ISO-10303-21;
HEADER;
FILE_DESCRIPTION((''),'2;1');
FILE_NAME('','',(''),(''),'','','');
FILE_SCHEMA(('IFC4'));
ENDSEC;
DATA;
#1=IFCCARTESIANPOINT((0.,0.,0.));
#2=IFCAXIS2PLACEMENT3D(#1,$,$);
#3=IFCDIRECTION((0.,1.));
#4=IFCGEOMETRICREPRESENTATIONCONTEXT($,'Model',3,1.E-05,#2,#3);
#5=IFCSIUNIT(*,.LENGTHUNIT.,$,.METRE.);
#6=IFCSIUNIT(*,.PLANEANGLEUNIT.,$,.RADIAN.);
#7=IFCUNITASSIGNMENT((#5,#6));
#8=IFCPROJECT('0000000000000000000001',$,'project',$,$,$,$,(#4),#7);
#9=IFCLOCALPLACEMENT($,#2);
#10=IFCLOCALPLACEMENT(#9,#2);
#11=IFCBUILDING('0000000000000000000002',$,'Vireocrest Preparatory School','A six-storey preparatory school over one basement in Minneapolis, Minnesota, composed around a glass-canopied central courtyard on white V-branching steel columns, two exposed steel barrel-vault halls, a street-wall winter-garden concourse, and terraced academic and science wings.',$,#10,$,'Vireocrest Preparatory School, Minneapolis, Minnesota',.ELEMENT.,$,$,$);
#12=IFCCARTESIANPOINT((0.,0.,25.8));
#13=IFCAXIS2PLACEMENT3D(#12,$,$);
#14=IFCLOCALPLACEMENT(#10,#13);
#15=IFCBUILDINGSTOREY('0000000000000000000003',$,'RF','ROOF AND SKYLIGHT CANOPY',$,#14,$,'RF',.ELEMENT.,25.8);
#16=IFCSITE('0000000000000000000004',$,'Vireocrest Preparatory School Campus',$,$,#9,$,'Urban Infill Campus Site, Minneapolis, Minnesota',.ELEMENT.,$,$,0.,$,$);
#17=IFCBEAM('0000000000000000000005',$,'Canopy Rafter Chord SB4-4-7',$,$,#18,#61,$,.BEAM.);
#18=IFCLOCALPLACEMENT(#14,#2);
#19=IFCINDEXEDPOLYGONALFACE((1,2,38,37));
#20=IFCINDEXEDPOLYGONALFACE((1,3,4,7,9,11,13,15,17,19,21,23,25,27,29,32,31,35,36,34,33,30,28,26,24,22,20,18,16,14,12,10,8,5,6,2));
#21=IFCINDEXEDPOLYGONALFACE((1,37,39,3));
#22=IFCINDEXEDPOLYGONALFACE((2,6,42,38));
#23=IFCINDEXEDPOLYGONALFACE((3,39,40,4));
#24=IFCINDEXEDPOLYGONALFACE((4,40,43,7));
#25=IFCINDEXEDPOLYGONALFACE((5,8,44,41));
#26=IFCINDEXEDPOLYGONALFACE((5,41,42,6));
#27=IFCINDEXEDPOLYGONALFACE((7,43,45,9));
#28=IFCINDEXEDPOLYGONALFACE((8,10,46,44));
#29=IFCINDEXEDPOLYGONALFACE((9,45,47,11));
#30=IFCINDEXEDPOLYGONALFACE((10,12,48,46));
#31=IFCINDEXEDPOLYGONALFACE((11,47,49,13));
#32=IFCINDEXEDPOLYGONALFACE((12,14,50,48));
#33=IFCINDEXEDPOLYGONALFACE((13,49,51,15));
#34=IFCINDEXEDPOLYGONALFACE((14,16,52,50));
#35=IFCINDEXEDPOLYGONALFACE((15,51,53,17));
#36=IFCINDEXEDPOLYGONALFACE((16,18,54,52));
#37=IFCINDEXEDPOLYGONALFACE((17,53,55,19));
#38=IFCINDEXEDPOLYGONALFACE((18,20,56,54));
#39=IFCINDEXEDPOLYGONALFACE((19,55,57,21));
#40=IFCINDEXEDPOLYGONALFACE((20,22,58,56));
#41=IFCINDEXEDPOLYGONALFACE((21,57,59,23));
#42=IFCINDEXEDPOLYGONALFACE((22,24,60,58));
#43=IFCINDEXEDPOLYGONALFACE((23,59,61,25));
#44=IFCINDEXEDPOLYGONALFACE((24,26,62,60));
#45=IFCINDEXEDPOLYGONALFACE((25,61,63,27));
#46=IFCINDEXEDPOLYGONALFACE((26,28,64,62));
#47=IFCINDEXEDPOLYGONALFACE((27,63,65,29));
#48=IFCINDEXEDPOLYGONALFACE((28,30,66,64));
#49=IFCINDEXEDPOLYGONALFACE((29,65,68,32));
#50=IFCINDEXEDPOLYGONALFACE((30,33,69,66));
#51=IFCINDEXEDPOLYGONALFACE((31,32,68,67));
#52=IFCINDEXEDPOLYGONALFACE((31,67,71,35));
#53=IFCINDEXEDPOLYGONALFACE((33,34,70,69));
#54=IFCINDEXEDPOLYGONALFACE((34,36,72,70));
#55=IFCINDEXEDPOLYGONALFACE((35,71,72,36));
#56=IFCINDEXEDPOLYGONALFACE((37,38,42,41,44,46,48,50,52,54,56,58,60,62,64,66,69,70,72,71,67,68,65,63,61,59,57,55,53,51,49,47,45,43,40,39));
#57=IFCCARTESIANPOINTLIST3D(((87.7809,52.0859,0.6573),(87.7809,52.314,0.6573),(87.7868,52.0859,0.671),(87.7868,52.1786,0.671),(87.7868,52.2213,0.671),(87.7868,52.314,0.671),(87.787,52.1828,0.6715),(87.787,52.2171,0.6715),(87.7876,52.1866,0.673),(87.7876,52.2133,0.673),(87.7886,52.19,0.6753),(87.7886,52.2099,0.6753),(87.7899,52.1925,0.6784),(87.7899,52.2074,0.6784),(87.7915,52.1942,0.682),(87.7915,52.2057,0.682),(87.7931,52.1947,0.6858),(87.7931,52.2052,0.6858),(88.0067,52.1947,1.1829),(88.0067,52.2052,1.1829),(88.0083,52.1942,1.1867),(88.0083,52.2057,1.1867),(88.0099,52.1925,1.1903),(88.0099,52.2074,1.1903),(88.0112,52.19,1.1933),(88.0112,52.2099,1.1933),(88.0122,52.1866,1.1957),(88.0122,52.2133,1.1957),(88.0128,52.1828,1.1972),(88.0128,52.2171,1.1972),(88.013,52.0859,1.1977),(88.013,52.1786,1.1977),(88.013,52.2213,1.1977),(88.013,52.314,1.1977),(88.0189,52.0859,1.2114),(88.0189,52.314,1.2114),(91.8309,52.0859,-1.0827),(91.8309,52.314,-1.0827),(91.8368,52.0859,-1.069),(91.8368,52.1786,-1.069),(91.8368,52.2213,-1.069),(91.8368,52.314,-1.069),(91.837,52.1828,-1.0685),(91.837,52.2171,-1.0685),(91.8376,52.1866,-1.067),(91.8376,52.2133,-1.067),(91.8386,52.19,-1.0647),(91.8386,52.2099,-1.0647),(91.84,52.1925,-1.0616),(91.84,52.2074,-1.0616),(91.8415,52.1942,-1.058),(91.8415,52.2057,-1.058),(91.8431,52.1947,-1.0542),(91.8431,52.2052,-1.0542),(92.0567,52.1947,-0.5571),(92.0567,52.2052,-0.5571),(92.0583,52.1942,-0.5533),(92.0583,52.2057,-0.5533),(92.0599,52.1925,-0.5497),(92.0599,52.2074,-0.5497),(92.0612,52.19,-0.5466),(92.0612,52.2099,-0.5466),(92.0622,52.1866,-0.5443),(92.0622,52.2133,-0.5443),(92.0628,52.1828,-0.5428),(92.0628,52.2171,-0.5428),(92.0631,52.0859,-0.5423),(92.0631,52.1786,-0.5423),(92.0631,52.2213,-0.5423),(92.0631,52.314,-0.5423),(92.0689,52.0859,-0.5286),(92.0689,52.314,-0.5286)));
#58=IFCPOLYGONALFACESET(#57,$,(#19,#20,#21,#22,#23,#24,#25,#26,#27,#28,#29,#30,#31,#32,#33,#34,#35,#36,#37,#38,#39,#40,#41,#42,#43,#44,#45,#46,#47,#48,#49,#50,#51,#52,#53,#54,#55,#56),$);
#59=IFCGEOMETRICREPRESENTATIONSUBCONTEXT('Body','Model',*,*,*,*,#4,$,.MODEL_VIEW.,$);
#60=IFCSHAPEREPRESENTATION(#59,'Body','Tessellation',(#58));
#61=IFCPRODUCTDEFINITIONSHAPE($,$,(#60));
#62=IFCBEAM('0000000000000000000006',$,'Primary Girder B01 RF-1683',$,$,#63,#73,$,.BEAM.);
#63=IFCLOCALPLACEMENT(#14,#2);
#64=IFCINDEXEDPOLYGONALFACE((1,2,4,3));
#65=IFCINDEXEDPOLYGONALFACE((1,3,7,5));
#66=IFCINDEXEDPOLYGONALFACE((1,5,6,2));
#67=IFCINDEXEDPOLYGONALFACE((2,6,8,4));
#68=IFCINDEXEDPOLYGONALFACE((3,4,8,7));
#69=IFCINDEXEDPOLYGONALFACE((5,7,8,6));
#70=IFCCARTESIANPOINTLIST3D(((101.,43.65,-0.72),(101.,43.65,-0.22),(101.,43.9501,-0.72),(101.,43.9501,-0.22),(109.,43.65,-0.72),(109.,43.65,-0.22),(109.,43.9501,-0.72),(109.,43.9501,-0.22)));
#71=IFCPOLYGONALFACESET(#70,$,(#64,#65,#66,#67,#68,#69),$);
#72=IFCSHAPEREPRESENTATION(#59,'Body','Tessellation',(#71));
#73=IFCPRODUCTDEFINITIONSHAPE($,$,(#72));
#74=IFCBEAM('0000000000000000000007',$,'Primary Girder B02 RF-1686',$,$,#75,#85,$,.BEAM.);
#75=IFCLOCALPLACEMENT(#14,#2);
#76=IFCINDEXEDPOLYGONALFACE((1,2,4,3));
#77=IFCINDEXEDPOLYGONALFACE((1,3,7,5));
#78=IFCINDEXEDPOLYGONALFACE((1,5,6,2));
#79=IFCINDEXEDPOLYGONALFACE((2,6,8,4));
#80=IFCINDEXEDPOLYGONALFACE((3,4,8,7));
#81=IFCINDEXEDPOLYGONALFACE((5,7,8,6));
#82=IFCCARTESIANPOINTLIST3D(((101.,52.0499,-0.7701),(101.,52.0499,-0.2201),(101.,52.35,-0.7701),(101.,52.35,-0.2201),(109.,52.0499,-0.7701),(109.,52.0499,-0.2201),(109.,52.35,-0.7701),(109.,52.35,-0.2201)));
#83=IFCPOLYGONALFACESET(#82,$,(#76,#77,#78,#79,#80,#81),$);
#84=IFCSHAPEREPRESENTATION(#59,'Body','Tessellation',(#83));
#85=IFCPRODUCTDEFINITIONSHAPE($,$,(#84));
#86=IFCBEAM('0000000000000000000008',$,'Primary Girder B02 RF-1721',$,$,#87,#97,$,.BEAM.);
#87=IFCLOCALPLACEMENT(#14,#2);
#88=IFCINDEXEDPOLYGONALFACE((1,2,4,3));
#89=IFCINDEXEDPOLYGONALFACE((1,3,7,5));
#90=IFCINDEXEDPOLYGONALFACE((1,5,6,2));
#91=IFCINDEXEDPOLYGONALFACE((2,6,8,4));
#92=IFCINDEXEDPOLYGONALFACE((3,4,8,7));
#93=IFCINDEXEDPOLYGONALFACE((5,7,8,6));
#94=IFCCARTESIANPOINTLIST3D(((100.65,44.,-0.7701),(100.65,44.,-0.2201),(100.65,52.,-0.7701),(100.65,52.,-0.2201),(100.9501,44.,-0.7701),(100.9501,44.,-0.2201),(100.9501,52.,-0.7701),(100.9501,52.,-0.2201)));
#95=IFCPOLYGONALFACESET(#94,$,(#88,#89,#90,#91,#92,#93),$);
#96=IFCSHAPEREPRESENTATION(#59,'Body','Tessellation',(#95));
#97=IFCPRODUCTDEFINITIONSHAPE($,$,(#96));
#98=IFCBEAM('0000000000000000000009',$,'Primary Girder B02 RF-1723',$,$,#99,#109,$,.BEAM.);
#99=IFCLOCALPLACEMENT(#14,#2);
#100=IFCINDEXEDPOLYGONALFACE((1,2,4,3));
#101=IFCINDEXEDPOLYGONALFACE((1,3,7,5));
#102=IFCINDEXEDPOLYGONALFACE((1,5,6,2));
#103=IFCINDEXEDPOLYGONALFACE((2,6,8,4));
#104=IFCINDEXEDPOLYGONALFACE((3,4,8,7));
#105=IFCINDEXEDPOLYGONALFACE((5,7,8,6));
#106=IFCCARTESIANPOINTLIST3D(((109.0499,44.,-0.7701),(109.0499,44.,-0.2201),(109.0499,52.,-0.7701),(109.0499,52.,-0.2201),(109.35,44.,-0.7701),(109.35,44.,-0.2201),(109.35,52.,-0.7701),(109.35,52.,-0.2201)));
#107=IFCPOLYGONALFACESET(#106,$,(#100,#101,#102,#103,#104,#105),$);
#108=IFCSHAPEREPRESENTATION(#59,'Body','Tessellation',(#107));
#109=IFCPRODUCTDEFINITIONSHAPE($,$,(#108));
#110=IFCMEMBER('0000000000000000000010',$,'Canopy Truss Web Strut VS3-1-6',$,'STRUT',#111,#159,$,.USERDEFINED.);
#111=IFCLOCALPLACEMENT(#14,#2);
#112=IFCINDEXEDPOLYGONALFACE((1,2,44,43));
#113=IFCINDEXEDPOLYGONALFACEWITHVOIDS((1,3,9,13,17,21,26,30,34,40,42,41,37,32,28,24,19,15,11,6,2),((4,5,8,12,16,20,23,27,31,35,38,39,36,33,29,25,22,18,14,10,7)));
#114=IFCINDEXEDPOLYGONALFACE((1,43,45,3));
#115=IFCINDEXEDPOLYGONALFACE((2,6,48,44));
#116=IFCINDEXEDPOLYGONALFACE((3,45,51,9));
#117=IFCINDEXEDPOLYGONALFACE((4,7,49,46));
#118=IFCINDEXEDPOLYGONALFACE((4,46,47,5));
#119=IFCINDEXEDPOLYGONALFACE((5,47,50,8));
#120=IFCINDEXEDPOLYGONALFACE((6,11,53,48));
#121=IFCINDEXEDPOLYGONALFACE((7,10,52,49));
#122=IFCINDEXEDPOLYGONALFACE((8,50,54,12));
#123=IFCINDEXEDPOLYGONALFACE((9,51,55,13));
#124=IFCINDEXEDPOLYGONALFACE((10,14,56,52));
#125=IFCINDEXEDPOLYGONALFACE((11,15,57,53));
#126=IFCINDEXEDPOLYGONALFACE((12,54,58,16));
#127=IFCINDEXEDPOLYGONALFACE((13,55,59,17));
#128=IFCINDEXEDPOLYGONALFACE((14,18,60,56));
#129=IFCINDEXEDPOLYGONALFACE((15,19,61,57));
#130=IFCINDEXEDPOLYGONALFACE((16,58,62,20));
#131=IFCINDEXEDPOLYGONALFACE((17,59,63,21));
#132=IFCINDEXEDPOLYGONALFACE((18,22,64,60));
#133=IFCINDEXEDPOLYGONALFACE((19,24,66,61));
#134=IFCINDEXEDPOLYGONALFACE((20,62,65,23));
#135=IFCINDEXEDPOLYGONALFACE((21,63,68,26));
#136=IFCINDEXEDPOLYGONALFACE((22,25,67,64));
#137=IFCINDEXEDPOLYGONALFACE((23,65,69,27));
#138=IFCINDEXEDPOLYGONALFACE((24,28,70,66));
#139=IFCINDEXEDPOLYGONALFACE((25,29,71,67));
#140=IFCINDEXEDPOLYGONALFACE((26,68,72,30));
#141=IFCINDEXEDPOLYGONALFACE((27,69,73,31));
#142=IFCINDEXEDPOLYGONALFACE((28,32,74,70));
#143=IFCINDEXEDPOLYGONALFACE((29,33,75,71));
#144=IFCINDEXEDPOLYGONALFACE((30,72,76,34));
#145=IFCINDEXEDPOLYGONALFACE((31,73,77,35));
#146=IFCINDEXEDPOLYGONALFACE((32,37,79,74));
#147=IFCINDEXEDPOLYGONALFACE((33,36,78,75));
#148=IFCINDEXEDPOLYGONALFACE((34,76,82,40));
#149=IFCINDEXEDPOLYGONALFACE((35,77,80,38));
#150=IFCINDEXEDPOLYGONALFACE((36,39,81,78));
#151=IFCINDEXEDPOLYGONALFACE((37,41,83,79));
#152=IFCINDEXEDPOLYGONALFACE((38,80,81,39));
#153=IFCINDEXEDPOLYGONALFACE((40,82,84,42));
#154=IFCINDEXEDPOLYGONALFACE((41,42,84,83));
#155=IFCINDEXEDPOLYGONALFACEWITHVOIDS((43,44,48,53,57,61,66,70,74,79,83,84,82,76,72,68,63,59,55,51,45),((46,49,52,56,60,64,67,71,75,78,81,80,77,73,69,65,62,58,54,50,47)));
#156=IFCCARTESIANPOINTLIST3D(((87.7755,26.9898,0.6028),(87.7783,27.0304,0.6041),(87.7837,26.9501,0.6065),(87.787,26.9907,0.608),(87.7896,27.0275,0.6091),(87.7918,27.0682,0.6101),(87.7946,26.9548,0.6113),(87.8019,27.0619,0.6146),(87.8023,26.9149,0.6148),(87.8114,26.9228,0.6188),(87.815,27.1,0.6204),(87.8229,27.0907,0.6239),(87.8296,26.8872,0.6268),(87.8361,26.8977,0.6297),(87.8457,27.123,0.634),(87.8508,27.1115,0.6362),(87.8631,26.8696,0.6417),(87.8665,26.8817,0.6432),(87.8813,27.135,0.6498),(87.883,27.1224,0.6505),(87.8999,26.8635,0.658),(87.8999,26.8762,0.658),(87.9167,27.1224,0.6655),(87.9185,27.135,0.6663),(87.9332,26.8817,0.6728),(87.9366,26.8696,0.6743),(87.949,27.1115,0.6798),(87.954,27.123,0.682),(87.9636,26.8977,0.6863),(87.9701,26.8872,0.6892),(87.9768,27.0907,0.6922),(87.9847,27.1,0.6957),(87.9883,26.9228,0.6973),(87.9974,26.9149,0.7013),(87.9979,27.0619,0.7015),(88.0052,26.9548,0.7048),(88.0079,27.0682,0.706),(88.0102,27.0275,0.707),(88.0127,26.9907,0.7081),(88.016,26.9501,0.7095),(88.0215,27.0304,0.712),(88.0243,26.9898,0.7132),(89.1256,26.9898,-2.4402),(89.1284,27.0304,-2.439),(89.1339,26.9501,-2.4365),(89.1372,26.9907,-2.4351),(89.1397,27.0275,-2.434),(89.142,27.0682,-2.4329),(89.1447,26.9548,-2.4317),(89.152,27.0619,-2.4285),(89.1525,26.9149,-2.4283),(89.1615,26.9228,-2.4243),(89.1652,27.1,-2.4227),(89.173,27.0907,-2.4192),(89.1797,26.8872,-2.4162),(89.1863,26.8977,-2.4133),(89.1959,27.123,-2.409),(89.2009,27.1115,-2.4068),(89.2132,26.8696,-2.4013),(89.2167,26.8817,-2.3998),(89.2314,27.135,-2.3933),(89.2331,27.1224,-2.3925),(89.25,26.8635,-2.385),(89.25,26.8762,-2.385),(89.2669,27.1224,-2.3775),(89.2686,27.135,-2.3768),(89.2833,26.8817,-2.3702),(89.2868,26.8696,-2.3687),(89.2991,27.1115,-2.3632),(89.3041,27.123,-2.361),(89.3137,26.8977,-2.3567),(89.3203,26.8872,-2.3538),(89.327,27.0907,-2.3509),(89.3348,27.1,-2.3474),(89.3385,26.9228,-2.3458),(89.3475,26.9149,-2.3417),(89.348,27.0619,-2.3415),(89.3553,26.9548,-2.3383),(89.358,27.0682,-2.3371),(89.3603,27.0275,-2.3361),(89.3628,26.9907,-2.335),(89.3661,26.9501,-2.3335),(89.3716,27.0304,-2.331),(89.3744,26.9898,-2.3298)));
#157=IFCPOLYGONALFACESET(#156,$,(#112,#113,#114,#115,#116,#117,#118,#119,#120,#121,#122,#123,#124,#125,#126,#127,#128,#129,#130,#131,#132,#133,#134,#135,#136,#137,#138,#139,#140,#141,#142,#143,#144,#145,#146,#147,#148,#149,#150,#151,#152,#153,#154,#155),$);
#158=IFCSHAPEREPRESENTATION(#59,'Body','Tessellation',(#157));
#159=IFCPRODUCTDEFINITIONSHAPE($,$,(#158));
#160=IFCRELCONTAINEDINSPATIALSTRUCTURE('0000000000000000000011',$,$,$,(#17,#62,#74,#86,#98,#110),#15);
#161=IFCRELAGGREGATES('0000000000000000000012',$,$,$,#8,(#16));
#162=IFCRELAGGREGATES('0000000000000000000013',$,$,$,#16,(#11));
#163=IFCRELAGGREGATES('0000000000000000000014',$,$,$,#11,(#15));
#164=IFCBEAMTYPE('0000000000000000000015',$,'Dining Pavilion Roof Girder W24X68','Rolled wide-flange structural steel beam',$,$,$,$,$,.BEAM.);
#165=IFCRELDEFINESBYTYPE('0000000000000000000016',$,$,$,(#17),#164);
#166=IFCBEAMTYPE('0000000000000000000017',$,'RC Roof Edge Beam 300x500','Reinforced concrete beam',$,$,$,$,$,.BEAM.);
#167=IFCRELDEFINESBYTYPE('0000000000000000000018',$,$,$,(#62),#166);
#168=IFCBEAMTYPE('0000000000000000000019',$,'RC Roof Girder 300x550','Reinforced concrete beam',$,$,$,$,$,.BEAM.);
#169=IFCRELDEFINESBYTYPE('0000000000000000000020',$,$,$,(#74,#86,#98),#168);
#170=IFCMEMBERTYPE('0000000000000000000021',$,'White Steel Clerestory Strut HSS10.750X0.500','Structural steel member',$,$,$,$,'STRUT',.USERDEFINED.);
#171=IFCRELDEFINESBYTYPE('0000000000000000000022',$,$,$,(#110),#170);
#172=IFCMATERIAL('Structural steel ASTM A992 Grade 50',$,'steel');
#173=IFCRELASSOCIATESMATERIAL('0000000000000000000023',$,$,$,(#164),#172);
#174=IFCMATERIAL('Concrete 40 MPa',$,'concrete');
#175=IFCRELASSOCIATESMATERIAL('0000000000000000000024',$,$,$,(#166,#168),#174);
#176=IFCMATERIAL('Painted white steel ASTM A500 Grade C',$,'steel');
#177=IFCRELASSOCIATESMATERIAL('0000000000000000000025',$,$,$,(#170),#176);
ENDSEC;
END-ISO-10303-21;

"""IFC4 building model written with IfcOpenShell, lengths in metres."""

from ifc_helpers import new_model, si_unit, direction, frame, origin, origin_2d, place, context, subcontext, project, spatial, rectangle, hollow_circle, i_section, extrude, material, material_profile, profile_set, type_object, element, save


model = new_model("IFC4")

# Units and contexts
model_context = context("Model", 3, precision=1e-05, world=origin(), true_north=direction((0.0, 1.0)))
body_context = subcontext(model_context, "Body", "Model", "MODEL_VIEW")
ifc_project = project(units=[si_unit("LENGTHUNIT", "METRE"), si_unit("PLANEANGLEUNIT", "RADIAN")], contexts=[model_context])

# Site, building, storey
site_placement = place(None, origin())
site = spatial("IfcSite", under=ifc_project, at=site_placement, Name="Vireocrest Preparatory School Campus", LongName="Urban Infill Campus Site, Minneapolis, Minnesota", CompositionType="ELEMENT", RefElevation=0.0)
building_placement = place(site_placement, origin())
building = spatial("IfcBuilding", under=site, at=building_placement, Name="Vireocrest Preparatory School", Description="A six-storey preparatory school over one basement in Minneapolis, Minnesota, composed around a glass-canopied central courtyard on white V-branching steel columns, two exposed steel barrel-vault halls, a street-wall winter-garden concourse, and terraced academic and science wings.", LongName="Vireocrest Preparatory School, Minneapolis, Minnesota", CompositionType="ELEMENT")
storey_placement = place(building_placement, frame((0.0, 0.0, 25.8)))
storey = spatial("IfcBuildingStorey", under=building, at=storey_placement, Name="RF", Description="ROOF AND SKYLIGHT CANOPY", LongName="RF", CompositionType="ELEMENT", Elevation=25.8)

# Beams
ifc_material_1 = material(Name="Structural steel ASTM A992 Grade 50", Category="steel")
ifc_material_profile_1 = material_profile(ifc_material_1, i_section(OverallWidth=0.228, OverallDepth=0.603, WebThickness=0.0105, FlangeThickness=0.0149, FilletRadius=0.0161, at=origin_2d()), Name="W24X68")
ifc_profile_set_1 = profile_set([ifc_material_profile_1], Name="Structural steel ASTM A992 Grade 50")
beam_type_1 = type_object("IfcBeamType", Name="Dining Pavilion Roof Girder W24X68", Description="Rolled wide-flange structural steel beam", PredefinedType="BEAM", material=ifc_profile_set_1)
beam_1_placement = place(storey_placement, frame((87.8999, 52.2, 0.9343), z_axis=(0.918795, 0.0, -0.394735), x_axis=(0.0, 1.0, 0.0)))
element("IfcBeam", 1, at=beam_1_placement, inside=storey, type_object=beam_type_1, Name="Canopy Rafter Chord SB4-4-7", PredefinedType="BEAM", context=body_context, shape_type="SweptSolid", body=[
    extrude(i_section(OverallWidth=0.228, OverallDepth=0.603, WebThickness=0.0105, FlangeThickness=0.0149, FilletRadius=0.0161, at=origin_2d()), origin(), (0.0, 0.0, 1.0), 4.408),
])
ifc_material_2 = material(Name="Concrete 40 MPa", Category="concrete")
ifc_material_profile_2 = material_profile(ifc_material_2, rectangle(XDim=0.3, YDim=0.5, at=origin_2d()), Name="RC 300x500")
ifc_profile_set_2 = profile_set([ifc_material_profile_2], Name="Concrete 40 MPa")
beam_type_2 = type_object("IfcBeamType", Name="RC Roof Edge Beam 300x500", Description="Reinforced concrete beam", PredefinedType="BEAM", material=ifc_profile_set_2)
beam_2_placement = place(storey_placement, frame((101.0, 43.8, -0.47), z_axis=(1.0, 0.0, 0.0), x_axis=(0.0, 1.0, 0.0)))
element("IfcBeam", 2, at=beam_2_placement, inside=storey, type_object=beam_type_2, Name="Primary Girder B01 RF-1683", PredefinedType="BEAM", context=body_context, shape_type="SweptSolid", body=[
    extrude(rectangle(XDim=0.3, YDim=0.5, at=origin_2d()), origin(), (0.0, 0.0, 1.0), 8.0),
])
ifc_material_profile_3 = material_profile(ifc_material_2, rectangle(XDim=0.3, YDim=0.55, at=origin_2d()), Name="RC 300x550")
ifc_profile_set_3 = profile_set([ifc_material_profile_3], Name="Concrete 40 MPa")
beam_type_3 = type_object("IfcBeamType", Name="RC Roof Girder 300x550", Description="Reinforced concrete beam", PredefinedType="BEAM", material=ifc_profile_set_3)
for number, where, z_axis, x_axis, name in (
    (3, (101.0, 52.2, -0.4951), (1.0, 0.0, 0.0), (0.0, 1.0, 0.0), "Primary Girder B02 RF-1686"),
    (4, (100.8, 44.0, -0.4951), (0.0, 1.0, 0.0), (-1.0, 0.0, 0.0), "Primary Girder B02 RF-1721"),
    (5, (109.2, 44.0, -0.4951), (0.0, 1.0, 0.0), (-1.0, 0.0, 0.0), "Primary Girder B02 RF-1723"),
):
    element("IfcBeam", number, at=place(storey_placement, frame(where, z_axis=z_axis, x_axis=x_axis)), inside=storey, type_object=beam_type_3, Name=name, PredefinedType="BEAM", context=body_context, shape_type="SweptSolid", body=[
        extrude(rectangle(XDim=0.3, YDim=0.55, at=origin_2d()), origin(), (0.0, 0.0, 1.0), 8.0),
    ])

# Member
ifc_material_3 = material(Name="Painted white steel ASTM A500 Grade C", Category="steel")
ifc_material_profile_4 = material_profile(ifc_material_3, hollow_circle(Radius=0.1365, WallThickness=0.0127, at=origin_2d()), Name="HSS10.750X0.500")
ifc_profile_set_4 = profile_set([ifc_material_profile_4], Name="Painted white steel ASTM A500 Grade C")
member_type = type_object("IfcMemberType", Name="White Steel Clerestory Strut HSS10.750X0.500", Description="Structural steel member", ElementType="STRUT", PredefinedType="USERDEFINED", material=ifc_profile_set_4)
for number, where, z_axis, x_axis, name in (
    (6, (89.25, 27.0, -2.385), (-0.405553, 0.0, 0.914071), (0.0, -1.0, 0.0), "Canopy Truss Web Strut VS3-1-6"),
):
    element("IfcMember", number, at=place(storey_placement, frame(where, z_axis=z_axis, x_axis=x_axis)), inside=storey, type_object=member_type, Name=name, ObjectType="STRUT", PredefinedType="USERDEFINED", context=body_context, shape_type="SweptSolid", body=[
        extrude(hollow_circle(Radius=0.1365, WallThickness=0.0127, at=origin_2d()), origin(), (0.0, 0.0, 1.0), 3.3291),
    ])

save(model, "model.ifc")
